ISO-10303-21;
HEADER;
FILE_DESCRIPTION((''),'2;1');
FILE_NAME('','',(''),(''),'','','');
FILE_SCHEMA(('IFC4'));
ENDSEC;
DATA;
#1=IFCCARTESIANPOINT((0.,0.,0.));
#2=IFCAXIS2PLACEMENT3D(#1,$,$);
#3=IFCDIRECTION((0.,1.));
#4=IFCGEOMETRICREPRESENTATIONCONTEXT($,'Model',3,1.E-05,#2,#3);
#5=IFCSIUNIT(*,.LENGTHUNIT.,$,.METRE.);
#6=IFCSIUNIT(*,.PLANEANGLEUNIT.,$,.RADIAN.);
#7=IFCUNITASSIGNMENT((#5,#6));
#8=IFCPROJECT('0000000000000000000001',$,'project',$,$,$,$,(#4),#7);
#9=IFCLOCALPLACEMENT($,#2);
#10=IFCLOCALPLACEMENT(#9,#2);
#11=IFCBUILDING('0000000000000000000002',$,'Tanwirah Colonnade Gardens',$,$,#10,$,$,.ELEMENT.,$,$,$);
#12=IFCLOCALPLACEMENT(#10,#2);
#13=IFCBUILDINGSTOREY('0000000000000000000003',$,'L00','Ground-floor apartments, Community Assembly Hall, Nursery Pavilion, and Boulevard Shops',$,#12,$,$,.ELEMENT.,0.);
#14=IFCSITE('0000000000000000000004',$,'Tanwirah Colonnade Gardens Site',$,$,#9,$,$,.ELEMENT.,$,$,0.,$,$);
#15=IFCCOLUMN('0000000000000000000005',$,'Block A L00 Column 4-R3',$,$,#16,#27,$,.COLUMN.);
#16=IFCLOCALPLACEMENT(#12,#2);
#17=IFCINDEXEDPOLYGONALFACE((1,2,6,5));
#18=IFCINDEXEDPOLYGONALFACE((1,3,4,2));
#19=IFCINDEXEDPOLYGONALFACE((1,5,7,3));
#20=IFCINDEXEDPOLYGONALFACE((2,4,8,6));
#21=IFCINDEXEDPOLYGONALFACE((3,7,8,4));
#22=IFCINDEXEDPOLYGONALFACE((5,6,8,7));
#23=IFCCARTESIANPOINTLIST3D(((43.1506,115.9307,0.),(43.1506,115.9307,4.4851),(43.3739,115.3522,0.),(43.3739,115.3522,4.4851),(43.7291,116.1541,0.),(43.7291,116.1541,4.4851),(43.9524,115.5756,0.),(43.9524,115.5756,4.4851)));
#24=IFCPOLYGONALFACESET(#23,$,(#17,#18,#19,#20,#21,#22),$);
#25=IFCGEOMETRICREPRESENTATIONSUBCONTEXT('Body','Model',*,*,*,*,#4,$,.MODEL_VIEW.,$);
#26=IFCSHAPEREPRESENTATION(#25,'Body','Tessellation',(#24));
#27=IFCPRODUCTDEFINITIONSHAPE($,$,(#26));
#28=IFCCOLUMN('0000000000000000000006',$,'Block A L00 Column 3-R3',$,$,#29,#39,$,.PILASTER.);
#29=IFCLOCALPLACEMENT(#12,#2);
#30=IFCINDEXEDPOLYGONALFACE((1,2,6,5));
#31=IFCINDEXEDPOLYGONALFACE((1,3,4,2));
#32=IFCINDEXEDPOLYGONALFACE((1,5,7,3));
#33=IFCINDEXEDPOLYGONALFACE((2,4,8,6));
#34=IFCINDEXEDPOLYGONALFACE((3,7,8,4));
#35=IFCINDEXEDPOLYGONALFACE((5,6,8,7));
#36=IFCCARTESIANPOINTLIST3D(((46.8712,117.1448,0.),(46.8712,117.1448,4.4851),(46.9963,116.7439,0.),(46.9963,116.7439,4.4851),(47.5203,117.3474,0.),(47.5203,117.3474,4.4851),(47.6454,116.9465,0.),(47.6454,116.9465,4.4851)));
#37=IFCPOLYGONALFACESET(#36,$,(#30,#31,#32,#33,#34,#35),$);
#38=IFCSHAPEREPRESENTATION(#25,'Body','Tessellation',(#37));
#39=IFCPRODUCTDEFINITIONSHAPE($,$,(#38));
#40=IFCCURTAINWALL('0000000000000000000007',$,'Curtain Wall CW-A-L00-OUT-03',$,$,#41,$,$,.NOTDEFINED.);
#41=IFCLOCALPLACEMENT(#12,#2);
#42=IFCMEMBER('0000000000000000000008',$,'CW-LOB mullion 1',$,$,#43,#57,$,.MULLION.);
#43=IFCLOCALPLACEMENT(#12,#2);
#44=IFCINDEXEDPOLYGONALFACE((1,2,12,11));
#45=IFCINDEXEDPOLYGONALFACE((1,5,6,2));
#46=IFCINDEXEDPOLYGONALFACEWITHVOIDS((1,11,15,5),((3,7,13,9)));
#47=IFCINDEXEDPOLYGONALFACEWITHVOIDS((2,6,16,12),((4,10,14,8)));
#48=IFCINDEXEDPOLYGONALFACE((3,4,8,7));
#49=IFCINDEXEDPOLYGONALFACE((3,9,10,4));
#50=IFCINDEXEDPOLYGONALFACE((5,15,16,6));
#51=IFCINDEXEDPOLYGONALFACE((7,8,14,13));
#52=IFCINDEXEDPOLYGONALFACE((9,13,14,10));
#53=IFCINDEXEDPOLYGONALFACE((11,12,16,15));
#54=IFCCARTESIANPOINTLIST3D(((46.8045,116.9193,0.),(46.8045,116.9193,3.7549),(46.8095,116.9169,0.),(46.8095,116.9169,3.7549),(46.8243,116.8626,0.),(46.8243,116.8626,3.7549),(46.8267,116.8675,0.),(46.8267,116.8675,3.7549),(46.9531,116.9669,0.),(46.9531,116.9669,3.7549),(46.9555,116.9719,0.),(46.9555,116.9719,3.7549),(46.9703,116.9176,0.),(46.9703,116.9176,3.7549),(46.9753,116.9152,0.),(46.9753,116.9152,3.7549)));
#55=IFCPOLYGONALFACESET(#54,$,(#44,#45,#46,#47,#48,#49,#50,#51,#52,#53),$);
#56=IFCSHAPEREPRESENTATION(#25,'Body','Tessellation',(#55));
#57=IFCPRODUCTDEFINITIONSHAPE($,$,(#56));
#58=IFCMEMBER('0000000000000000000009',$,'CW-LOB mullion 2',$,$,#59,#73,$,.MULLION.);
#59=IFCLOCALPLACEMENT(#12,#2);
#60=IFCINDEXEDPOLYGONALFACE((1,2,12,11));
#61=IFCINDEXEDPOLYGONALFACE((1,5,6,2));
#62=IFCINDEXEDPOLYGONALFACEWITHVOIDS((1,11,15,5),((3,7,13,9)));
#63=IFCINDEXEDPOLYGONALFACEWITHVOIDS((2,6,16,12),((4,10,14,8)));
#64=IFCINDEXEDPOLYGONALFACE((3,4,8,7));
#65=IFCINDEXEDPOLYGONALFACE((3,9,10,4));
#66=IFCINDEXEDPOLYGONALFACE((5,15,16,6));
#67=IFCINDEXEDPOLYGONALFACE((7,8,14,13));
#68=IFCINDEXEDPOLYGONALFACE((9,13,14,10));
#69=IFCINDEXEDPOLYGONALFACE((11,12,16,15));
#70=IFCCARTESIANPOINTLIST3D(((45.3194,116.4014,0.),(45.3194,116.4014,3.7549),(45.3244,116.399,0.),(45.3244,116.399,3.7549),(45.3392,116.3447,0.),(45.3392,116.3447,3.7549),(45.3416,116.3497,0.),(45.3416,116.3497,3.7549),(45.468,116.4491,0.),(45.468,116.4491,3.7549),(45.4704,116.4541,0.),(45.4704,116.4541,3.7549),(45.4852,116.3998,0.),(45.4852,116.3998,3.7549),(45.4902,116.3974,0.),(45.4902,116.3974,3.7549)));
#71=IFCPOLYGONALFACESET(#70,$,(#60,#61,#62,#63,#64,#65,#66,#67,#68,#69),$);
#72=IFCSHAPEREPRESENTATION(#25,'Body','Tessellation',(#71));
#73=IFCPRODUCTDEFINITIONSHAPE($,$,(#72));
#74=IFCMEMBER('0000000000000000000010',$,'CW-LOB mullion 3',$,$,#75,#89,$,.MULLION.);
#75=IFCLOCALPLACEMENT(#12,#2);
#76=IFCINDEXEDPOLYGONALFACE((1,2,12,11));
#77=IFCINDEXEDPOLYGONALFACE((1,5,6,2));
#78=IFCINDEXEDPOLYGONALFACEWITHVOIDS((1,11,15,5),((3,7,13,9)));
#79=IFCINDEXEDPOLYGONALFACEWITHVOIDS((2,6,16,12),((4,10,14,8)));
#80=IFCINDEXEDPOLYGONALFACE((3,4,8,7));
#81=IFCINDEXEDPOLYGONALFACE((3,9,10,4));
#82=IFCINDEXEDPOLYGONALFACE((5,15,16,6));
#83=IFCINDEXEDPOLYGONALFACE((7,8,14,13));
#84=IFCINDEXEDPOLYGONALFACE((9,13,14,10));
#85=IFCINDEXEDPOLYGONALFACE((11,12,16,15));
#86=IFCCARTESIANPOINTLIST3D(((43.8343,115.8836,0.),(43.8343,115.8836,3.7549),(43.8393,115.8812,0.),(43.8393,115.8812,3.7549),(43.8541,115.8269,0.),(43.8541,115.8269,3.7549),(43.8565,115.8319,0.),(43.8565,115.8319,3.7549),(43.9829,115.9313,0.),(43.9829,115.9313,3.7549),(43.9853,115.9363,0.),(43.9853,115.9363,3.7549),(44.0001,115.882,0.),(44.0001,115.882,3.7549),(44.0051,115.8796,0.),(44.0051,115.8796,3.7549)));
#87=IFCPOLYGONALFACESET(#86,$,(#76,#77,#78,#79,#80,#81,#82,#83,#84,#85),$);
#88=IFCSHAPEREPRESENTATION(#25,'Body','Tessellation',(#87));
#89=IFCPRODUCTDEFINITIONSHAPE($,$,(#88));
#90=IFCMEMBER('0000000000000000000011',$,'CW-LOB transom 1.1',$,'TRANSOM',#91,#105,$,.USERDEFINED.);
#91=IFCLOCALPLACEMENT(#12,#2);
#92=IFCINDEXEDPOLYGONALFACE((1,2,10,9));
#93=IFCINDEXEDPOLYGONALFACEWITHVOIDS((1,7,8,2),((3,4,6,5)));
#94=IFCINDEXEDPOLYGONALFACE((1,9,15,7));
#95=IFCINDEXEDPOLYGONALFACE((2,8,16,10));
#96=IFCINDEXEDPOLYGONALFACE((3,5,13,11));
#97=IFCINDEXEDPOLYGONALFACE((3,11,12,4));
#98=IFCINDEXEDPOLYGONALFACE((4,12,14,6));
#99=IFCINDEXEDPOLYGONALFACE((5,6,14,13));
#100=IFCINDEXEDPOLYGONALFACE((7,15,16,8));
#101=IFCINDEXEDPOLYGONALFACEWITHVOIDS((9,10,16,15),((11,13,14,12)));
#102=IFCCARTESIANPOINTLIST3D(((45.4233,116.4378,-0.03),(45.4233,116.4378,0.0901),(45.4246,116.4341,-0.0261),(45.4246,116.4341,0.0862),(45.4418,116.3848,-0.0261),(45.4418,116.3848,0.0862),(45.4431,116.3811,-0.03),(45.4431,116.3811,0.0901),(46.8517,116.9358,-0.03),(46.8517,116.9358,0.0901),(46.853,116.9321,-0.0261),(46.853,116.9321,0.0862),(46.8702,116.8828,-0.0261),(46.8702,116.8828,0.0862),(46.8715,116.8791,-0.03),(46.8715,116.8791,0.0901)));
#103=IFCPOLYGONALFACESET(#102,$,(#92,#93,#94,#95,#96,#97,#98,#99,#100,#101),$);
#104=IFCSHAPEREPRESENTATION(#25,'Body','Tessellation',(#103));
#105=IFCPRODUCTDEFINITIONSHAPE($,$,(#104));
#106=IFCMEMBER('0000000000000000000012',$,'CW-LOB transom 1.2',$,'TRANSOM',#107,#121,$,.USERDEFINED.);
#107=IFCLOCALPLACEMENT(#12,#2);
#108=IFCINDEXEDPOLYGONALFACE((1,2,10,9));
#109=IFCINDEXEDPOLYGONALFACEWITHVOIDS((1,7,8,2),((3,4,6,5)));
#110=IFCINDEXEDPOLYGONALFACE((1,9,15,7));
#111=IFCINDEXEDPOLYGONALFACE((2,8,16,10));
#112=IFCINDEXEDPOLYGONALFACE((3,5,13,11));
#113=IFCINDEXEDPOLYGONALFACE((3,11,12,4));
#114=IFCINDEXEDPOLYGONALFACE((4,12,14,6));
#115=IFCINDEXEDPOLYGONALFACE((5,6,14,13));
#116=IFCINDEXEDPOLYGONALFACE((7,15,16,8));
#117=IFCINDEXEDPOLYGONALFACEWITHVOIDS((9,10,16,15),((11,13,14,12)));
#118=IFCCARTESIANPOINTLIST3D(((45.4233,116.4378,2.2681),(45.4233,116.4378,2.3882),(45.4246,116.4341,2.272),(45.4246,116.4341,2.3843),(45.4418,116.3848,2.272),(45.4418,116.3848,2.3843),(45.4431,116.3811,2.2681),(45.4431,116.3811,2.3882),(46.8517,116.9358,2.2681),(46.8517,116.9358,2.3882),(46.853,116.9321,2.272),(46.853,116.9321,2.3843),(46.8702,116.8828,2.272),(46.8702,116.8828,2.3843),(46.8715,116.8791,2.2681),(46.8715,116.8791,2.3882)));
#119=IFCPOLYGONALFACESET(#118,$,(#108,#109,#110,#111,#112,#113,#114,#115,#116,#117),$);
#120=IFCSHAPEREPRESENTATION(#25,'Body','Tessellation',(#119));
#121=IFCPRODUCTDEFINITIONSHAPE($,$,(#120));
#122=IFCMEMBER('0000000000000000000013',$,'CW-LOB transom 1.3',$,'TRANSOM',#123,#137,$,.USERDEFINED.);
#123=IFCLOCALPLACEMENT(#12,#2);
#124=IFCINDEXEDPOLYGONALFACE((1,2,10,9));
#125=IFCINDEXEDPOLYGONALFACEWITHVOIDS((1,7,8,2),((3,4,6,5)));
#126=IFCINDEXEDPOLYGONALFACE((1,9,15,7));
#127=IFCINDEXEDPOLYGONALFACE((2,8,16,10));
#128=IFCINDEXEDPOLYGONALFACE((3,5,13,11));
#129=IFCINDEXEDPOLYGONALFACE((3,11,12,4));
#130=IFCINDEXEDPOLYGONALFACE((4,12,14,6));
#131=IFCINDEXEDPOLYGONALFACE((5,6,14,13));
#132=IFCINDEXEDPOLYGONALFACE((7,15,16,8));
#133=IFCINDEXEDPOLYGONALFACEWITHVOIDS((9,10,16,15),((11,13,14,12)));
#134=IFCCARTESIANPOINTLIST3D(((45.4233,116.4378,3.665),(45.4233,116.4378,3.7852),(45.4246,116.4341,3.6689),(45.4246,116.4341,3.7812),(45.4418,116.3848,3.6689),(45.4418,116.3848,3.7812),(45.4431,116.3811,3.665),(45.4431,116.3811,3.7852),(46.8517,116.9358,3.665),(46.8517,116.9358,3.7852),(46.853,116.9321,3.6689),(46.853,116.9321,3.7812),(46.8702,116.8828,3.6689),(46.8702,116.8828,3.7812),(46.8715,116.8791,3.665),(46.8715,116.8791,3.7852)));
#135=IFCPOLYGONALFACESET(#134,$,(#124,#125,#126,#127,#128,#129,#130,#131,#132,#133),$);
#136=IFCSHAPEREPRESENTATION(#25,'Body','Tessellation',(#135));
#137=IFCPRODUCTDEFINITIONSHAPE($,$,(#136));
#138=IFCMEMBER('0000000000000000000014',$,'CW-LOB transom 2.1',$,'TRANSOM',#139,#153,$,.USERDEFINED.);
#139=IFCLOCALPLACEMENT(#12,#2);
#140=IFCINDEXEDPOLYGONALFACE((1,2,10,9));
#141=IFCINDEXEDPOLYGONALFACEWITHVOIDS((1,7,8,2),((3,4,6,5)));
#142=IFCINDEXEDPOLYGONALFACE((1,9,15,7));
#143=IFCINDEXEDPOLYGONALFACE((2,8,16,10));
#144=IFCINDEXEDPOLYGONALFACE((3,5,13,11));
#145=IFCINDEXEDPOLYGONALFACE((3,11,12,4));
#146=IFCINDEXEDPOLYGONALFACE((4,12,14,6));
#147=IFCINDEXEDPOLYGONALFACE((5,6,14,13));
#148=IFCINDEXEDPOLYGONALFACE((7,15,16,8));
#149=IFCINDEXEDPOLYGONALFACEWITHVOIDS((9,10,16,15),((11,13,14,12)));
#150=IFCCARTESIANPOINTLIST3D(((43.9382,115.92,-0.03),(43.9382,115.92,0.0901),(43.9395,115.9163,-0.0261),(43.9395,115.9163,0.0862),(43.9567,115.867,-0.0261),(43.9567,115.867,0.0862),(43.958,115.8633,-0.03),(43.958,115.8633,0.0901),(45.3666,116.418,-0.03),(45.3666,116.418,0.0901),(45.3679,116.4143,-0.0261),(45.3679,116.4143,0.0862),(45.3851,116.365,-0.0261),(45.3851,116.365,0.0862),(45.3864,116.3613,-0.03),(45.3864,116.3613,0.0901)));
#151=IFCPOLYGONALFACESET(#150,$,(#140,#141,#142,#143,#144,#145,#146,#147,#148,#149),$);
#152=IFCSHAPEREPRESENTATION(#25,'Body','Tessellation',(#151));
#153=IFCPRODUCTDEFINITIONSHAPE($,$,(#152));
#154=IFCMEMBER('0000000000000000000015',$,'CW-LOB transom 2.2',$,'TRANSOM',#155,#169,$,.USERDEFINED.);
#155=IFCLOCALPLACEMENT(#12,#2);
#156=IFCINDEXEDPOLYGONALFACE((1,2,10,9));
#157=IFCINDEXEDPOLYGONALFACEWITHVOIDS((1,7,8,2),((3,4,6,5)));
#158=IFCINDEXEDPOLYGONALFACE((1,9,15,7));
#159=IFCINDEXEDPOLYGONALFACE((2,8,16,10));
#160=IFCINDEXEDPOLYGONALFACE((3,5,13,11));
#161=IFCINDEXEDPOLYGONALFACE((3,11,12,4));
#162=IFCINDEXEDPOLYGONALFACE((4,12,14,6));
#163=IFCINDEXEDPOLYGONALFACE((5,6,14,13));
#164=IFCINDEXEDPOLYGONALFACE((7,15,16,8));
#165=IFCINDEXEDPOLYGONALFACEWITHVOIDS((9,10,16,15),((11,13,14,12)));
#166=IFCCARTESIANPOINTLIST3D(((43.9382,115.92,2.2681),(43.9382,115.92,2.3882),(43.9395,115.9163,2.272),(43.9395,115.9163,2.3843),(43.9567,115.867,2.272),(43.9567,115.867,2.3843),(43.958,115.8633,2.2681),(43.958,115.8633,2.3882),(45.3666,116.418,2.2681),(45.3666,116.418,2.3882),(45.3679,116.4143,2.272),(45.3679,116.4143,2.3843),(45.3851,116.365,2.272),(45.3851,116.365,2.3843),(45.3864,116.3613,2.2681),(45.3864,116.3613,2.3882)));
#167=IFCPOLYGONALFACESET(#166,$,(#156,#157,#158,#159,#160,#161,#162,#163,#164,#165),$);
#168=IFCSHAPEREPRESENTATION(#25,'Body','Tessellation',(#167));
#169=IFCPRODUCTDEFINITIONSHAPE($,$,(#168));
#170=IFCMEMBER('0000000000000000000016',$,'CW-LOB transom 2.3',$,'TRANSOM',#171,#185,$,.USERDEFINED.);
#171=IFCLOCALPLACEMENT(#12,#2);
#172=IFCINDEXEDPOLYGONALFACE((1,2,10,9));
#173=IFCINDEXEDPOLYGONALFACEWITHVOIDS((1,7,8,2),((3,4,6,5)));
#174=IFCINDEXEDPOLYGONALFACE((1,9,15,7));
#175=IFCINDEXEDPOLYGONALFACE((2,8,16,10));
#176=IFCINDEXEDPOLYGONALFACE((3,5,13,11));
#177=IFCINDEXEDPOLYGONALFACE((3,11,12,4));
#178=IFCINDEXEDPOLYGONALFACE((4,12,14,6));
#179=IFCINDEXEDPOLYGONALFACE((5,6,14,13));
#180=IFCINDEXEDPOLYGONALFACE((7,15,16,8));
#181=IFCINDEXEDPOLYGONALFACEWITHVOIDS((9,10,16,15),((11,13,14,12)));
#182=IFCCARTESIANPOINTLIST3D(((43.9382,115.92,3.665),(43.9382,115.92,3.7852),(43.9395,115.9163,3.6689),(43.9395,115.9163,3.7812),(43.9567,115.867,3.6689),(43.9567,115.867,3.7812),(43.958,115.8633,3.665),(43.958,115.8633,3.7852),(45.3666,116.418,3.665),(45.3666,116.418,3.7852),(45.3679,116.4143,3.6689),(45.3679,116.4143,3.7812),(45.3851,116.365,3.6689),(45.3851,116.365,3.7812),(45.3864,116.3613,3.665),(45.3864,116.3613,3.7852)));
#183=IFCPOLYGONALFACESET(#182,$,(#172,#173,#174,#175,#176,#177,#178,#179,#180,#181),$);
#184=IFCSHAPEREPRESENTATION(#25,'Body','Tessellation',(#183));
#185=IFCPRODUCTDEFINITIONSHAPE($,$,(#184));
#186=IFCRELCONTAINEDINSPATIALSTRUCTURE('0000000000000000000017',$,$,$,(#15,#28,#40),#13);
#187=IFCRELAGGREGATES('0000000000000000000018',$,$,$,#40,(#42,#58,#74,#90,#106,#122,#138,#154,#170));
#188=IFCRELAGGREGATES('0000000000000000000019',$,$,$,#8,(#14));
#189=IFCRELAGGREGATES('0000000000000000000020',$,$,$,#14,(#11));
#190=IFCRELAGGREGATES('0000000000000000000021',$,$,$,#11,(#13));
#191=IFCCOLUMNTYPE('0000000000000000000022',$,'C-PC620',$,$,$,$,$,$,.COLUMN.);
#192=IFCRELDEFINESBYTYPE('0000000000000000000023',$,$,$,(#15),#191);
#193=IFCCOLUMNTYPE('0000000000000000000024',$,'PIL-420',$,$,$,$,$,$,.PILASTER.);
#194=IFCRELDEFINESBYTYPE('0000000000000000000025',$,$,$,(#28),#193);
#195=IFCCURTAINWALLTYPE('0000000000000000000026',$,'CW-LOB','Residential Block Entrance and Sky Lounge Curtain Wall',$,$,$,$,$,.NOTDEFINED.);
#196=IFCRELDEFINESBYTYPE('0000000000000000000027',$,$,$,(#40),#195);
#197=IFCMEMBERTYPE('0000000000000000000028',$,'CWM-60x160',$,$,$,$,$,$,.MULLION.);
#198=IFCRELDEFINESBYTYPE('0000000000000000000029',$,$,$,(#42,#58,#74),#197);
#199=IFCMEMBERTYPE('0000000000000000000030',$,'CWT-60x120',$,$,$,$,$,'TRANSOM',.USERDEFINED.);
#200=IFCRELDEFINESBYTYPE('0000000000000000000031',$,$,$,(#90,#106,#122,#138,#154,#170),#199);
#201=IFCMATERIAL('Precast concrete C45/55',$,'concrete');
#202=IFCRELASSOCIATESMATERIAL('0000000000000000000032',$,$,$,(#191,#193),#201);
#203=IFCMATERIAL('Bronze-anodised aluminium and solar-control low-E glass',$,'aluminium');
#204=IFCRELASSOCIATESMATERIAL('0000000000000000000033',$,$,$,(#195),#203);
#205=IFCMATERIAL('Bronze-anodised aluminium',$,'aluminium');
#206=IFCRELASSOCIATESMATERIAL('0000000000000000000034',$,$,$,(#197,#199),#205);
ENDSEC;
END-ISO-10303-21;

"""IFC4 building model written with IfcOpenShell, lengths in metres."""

from ifc_helpers import new_model, si_unit, direction, frame, origin, origin_2d, place, context, subcontext, project, spatial, rectangle, hollow_rectangle, extrude, material, material_profile, profile_set, type_object, element, aggregate, save


model = new_model("IFC4")

# Units and contexts
model_context = context("Model", 3, precision=1e-05, world=origin(), true_north=direction((0.0, 1.0)))
body_context = subcontext(model_context, "Body", "Model", "MODEL_VIEW")
ifc_project = project(units=[si_unit("LENGTHUNIT", "METRE"), si_unit("PLANEANGLEUNIT", "RADIAN")], contexts=[model_context])

# Site, building, storey
site_placement = place(None, origin())
site = spatial("IfcSite", under=ifc_project, at=site_placement, Name="Tanwirah Colonnade Gardens Site", CompositionType="ELEMENT", RefElevation=0.0)
building_placement = place(site_placement, origin())
building = spatial("IfcBuilding", under=site, at=building_placement, Name="Tanwirah Colonnade Gardens", CompositionType="ELEMENT")
storey_placement = place(building_placement, origin())
storey = spatial("IfcBuildingStorey", under=building, at=storey_placement, Name="L00", Description="Ground-floor apartments, Community Assembly Hall, Nursery Pavilion, and Boulevard Shops", CompositionType="ELEMENT", Elevation=0.0)

# Columns
ifc_material_1 = material(Name="Precast concrete C45/55", Category="concrete")
ifc_material_profile_1 = material_profile(ifc_material_1, rectangle(XDim=0.6201, YDim=0.6201, at=origin_2d()), Name="PC-COL 620x620")
ifc_profile_set_1 = profile_set([ifc_material_profile_1], Name="Precast concrete C45/55")
column_type_1 = type_object("IfcColumnType", Name="C-PC620", PredefinedType="COLUMN", material=ifc_profile_set_1)
column_1_placement = place(storey_placement, frame((43.5515, 115.7532, 0.0), z_axis=(0.0, 0.0, 1.0), x_axis=(-0.360178, 0.932884, 0.0)))
element("IfcColumn", 1, at=column_1_placement, inside=storey, type_object=column_type_1, Name="Block A L00 Column 4-R3", PredefinedType="COLUMN", context=body_context, shape_type="SweptSolid", body=[
    extrude(rectangle(XDim=0.6201, YDim=0.6201, at=origin_2d()), origin(), (0.0, 0.0, 1.0), 4.4851),
])
ifc_material_profile_2 = material_profile(ifc_material_1, rectangle(XDim=0.4199, YDim=0.6799, at=origin_2d()), Name="PC-PIL 420x680")
ifc_profile_set_2 = profile_set([ifc_material_profile_2], Name="Precast concrete C45/55")
column_type_2 = type_object("IfcColumnType", Name="PIL-420", PredefinedType="PILASTER", material=ifc_profile_set_2)
column_2_placement = place(storey_placement, frame((47.2583, 117.0457, 0.0), z_axis=(0.0, 0.0, 1.0), x_axis=(-0.29793, 0.954588, 0.0)))
element("IfcColumn", 2, at=column_2_placement, inside=storey, type_object=column_type_2, Name="Block A L00 Column 3-R3", PredefinedType="PILASTER", context=body_context, shape_type="SweptSolid", body=[
    extrude(rectangle(XDim=0.4199, YDim=0.6799, at=origin_2d()), origin(), (0.0, 0.0, 1.0), 4.4851),
])

# Curtain wall, members
ifc_material_2 = material(Name="Bronze-anodised aluminium and solar-control low-E glass", Category="aluminium")
curtain_wall_type = type_object("IfcCurtainWallType", Name="CW-LOB", Description="Residential Block Entrance and Sky Lounge Curtain Wall", PredefinedType="NOTDEFINED", material=ifc_material_2)
curtain_wall_placement = place(storey_placement, origin())
curtain_wall = element("IfcCurtainWall", 3, at=curtain_wall_placement, inside=storey, type_object=curtain_wall_type, Name="Curtain Wall CW-A-L00-OUT-03", PredefinedType="NOTDEFINED")
ifc_material_3 = material(Name="Bronze-anodised aluminium", Category="aluminium")
ifc_material_profile_3 = material_profile(ifc_material_3, hollow_rectangle(XDim=0.0601, YDim=0.1599, WallThickness=0.0039, at=origin_2d()), Name="CW-MUL 60x160x4")
ifc_profile_set_3 = profile_set([ifc_material_profile_3], Name="Bronze-anodised aluminium")
member_type_1 = type_object("IfcMemberType", Name="CWM-60x160", PredefinedType="MULLION", material=ifc_profile_set_3)
member_1_placement = place(storey_placement, frame((46.8899, 116.9172, 0.0), z_axis=(0.0, 0.0, 1.0), x_axis=(0.329233, -0.944249, 0.0)))
member_1 = element("IfcMember", 4, at=member_1_placement, type_object=member_type_1, Name="CW-LOB mullion 1", PredefinedType="MULLION", context=body_context, shape_type="SweptSolid", body=[
    extrude(hollow_rectangle(XDim=0.0601, YDim=0.1599, WallThickness=0.0039, at=origin_2d()), origin(), (0.0, 0.0, 1.0), 3.7549),
])
member_2_placement = place(storey_placement, frame((45.4048, 116.3994, 0.0), z_axis=(0.0, 0.0, 1.0), x_axis=(0.329233, -0.944249, 0.0)))
member_2 = element("IfcMember", 5, at=member_2_placement, type_object=member_type_1, Name="CW-LOB mullion 2", PredefinedType="MULLION", context=body_context, shape_type="SweptSolid", body=[
    extrude(hollow_rectangle(XDim=0.0601, YDim=0.1599, WallThickness=0.0039, at=origin_2d()), origin(), (0.0, 0.0, 1.0), 3.7549),
])
member_3_placement = place(storey_placement, frame((43.9197, 115.8816, 0.0), z_axis=(0.0, 0.0, 1.0), x_axis=(0.329233, -0.944249, 0.0)))
member_3 = element("IfcMember", 6, at=member_3_placement, type_object=member_type_1, Name="CW-LOB mullion 3", PredefinedType="MULLION", context=body_context, shape_type="SweptSolid", body=[
    extrude(hollow_rectangle(XDim=0.0601, YDim=0.1599, WallThickness=0.0039, at=origin_2d()), origin(), (0.0, 0.0, 1.0), 3.7549),
])
ifc_material_profile_4 = material_profile(ifc_material_3, hollow_rectangle(XDim=0.0601, YDim=0.1201, WallThickness=0.0039, at=origin_2d()), Name="CW-TRN 60x120x4")
ifc_profile_set_4 = profile_set([ifc_material_profile_4], Name="Bronze-anodised aluminium")
member_type_2 = type_object("IfcMemberType", Name="CWT-60x120", ElementType="TRANSOM", PredefinedType="USERDEFINED", material=ifc_profile_set_4)
member_4_placement = place(storey_placement, frame((46.8616, 116.9075, 0.03), z_axis=(-0.944253, -0.329222, 0.0), x_axis=(0.329222, -0.944253, 0.0)))
member_4 = element("IfcMember", 7, at=member_4_placement, type_object=member_type_2, Name="CW-LOB transom 1.1", ObjectType="TRANSOM", PredefinedType="USERDEFINED", context=body_context, shape_type="SweptSolid", body=[
    extrude(hollow_rectangle(XDim=0.0601, YDim=0.1201, WallThickness=0.0039, at=origin_2d()), origin(), (0.0, 0.0, 1.0), 1.5127),
])
member_5_placement = place(storey_placement, frame((46.8616, 116.9075, 2.3281), z_axis=(-0.944253, -0.329222, 0.0), x_axis=(0.329222, -0.944253, 0.0)))
member_5 = element("IfcMember", 8, at=member_5_placement, type_object=member_type_2, Name="CW-LOB transom 1.2", ObjectType="TRANSOM", PredefinedType="USERDEFINED", context=body_context, shape_type="SweptSolid", body=[
    extrude(hollow_rectangle(XDim=0.0601, YDim=0.1201, WallThickness=0.0039, at=origin_2d()), origin(), (0.0, 0.0, 1.0), 1.5127),
])
member_6_placement = place(storey_placement, frame((46.8616, 116.9075, 3.7251), z_axis=(-0.944253, -0.329222, 0.0), x_axis=(0.329222, -0.944253, 0.0)))
member_6 = element("IfcMember", 9, at=member_6_placement, type_object=member_type_2, Name="CW-LOB transom 1.3", ObjectType="TRANSOM", PredefinedType="USERDEFINED", context=body_context, shape_type="SweptSolid", body=[
    extrude(hollow_rectangle(XDim=0.0601, YDim=0.1201, WallThickness=0.0039, at=origin_2d()), origin(), (0.0, 0.0, 1.0), 1.5127),
])
member_7_placement = place(storey_placement, frame((45.3765, 116.3896, 0.03), z_axis=(-0.944253, -0.329222, 0.0), x_axis=(0.329222, -0.944253, 0.0)))
member_7 = element("IfcMember", 10, at=member_7_placement, type_object=member_type_2, Name="CW-LOB transom 2.1", ObjectType="TRANSOM", PredefinedType="USERDEFINED", context=body_context, shape_type="SweptSolid", body=[
    extrude(hollow_rectangle(XDim=0.0601, YDim=0.1201, WallThickness=0.0039, at=origin_2d()), origin(), (0.0, 0.0, 1.0), 1.5127),
])
member_8_placement = place(storey_placement, frame((45.3765, 116.3896, 2.3281), z_axis=(-0.944253, -0.329222, 0.0), x_axis=(0.329222, -0.944253, 0.0)))
member_8 = element("IfcMember", 11, at=member_8_placement, type_object=member_type_2, Name="CW-LOB transom 2.2", ObjectType="TRANSOM", PredefinedType="USERDEFINED", context=body_context, shape_type="SweptSolid", body=[
    extrude(hollow_rectangle(XDim=0.0601, YDim=0.1201, WallThickness=0.0039, at=origin_2d()), origin(), (0.0, 0.0, 1.0), 1.5127),
])
member_9_placement = place(storey_placement, frame((45.3765, 116.3896, 3.7251), z_axis=(-0.944253, -0.329222, 0.0), x_axis=(0.329222, -0.944253, 0.0)))
member_9 = element("IfcMember", 12, at=member_9_placement, type_object=member_type_2, Name="CW-LOB transom 2.3", ObjectType="TRANSOM", PredefinedType="USERDEFINED", context=body_context, shape_type="SweptSolid", body=[
    extrude(hollow_rectangle(XDim=0.0601, YDim=0.1201, WallThickness=0.0039, at=origin_2d()), origin(), (0.0, 0.0, 1.0), 1.5127),
])

aggregate(curtain_wall, [member_1, member_2, member_3, member_4, member_5, member_6, member_7, member_8, member_9])

save(model, "model.ifc")
